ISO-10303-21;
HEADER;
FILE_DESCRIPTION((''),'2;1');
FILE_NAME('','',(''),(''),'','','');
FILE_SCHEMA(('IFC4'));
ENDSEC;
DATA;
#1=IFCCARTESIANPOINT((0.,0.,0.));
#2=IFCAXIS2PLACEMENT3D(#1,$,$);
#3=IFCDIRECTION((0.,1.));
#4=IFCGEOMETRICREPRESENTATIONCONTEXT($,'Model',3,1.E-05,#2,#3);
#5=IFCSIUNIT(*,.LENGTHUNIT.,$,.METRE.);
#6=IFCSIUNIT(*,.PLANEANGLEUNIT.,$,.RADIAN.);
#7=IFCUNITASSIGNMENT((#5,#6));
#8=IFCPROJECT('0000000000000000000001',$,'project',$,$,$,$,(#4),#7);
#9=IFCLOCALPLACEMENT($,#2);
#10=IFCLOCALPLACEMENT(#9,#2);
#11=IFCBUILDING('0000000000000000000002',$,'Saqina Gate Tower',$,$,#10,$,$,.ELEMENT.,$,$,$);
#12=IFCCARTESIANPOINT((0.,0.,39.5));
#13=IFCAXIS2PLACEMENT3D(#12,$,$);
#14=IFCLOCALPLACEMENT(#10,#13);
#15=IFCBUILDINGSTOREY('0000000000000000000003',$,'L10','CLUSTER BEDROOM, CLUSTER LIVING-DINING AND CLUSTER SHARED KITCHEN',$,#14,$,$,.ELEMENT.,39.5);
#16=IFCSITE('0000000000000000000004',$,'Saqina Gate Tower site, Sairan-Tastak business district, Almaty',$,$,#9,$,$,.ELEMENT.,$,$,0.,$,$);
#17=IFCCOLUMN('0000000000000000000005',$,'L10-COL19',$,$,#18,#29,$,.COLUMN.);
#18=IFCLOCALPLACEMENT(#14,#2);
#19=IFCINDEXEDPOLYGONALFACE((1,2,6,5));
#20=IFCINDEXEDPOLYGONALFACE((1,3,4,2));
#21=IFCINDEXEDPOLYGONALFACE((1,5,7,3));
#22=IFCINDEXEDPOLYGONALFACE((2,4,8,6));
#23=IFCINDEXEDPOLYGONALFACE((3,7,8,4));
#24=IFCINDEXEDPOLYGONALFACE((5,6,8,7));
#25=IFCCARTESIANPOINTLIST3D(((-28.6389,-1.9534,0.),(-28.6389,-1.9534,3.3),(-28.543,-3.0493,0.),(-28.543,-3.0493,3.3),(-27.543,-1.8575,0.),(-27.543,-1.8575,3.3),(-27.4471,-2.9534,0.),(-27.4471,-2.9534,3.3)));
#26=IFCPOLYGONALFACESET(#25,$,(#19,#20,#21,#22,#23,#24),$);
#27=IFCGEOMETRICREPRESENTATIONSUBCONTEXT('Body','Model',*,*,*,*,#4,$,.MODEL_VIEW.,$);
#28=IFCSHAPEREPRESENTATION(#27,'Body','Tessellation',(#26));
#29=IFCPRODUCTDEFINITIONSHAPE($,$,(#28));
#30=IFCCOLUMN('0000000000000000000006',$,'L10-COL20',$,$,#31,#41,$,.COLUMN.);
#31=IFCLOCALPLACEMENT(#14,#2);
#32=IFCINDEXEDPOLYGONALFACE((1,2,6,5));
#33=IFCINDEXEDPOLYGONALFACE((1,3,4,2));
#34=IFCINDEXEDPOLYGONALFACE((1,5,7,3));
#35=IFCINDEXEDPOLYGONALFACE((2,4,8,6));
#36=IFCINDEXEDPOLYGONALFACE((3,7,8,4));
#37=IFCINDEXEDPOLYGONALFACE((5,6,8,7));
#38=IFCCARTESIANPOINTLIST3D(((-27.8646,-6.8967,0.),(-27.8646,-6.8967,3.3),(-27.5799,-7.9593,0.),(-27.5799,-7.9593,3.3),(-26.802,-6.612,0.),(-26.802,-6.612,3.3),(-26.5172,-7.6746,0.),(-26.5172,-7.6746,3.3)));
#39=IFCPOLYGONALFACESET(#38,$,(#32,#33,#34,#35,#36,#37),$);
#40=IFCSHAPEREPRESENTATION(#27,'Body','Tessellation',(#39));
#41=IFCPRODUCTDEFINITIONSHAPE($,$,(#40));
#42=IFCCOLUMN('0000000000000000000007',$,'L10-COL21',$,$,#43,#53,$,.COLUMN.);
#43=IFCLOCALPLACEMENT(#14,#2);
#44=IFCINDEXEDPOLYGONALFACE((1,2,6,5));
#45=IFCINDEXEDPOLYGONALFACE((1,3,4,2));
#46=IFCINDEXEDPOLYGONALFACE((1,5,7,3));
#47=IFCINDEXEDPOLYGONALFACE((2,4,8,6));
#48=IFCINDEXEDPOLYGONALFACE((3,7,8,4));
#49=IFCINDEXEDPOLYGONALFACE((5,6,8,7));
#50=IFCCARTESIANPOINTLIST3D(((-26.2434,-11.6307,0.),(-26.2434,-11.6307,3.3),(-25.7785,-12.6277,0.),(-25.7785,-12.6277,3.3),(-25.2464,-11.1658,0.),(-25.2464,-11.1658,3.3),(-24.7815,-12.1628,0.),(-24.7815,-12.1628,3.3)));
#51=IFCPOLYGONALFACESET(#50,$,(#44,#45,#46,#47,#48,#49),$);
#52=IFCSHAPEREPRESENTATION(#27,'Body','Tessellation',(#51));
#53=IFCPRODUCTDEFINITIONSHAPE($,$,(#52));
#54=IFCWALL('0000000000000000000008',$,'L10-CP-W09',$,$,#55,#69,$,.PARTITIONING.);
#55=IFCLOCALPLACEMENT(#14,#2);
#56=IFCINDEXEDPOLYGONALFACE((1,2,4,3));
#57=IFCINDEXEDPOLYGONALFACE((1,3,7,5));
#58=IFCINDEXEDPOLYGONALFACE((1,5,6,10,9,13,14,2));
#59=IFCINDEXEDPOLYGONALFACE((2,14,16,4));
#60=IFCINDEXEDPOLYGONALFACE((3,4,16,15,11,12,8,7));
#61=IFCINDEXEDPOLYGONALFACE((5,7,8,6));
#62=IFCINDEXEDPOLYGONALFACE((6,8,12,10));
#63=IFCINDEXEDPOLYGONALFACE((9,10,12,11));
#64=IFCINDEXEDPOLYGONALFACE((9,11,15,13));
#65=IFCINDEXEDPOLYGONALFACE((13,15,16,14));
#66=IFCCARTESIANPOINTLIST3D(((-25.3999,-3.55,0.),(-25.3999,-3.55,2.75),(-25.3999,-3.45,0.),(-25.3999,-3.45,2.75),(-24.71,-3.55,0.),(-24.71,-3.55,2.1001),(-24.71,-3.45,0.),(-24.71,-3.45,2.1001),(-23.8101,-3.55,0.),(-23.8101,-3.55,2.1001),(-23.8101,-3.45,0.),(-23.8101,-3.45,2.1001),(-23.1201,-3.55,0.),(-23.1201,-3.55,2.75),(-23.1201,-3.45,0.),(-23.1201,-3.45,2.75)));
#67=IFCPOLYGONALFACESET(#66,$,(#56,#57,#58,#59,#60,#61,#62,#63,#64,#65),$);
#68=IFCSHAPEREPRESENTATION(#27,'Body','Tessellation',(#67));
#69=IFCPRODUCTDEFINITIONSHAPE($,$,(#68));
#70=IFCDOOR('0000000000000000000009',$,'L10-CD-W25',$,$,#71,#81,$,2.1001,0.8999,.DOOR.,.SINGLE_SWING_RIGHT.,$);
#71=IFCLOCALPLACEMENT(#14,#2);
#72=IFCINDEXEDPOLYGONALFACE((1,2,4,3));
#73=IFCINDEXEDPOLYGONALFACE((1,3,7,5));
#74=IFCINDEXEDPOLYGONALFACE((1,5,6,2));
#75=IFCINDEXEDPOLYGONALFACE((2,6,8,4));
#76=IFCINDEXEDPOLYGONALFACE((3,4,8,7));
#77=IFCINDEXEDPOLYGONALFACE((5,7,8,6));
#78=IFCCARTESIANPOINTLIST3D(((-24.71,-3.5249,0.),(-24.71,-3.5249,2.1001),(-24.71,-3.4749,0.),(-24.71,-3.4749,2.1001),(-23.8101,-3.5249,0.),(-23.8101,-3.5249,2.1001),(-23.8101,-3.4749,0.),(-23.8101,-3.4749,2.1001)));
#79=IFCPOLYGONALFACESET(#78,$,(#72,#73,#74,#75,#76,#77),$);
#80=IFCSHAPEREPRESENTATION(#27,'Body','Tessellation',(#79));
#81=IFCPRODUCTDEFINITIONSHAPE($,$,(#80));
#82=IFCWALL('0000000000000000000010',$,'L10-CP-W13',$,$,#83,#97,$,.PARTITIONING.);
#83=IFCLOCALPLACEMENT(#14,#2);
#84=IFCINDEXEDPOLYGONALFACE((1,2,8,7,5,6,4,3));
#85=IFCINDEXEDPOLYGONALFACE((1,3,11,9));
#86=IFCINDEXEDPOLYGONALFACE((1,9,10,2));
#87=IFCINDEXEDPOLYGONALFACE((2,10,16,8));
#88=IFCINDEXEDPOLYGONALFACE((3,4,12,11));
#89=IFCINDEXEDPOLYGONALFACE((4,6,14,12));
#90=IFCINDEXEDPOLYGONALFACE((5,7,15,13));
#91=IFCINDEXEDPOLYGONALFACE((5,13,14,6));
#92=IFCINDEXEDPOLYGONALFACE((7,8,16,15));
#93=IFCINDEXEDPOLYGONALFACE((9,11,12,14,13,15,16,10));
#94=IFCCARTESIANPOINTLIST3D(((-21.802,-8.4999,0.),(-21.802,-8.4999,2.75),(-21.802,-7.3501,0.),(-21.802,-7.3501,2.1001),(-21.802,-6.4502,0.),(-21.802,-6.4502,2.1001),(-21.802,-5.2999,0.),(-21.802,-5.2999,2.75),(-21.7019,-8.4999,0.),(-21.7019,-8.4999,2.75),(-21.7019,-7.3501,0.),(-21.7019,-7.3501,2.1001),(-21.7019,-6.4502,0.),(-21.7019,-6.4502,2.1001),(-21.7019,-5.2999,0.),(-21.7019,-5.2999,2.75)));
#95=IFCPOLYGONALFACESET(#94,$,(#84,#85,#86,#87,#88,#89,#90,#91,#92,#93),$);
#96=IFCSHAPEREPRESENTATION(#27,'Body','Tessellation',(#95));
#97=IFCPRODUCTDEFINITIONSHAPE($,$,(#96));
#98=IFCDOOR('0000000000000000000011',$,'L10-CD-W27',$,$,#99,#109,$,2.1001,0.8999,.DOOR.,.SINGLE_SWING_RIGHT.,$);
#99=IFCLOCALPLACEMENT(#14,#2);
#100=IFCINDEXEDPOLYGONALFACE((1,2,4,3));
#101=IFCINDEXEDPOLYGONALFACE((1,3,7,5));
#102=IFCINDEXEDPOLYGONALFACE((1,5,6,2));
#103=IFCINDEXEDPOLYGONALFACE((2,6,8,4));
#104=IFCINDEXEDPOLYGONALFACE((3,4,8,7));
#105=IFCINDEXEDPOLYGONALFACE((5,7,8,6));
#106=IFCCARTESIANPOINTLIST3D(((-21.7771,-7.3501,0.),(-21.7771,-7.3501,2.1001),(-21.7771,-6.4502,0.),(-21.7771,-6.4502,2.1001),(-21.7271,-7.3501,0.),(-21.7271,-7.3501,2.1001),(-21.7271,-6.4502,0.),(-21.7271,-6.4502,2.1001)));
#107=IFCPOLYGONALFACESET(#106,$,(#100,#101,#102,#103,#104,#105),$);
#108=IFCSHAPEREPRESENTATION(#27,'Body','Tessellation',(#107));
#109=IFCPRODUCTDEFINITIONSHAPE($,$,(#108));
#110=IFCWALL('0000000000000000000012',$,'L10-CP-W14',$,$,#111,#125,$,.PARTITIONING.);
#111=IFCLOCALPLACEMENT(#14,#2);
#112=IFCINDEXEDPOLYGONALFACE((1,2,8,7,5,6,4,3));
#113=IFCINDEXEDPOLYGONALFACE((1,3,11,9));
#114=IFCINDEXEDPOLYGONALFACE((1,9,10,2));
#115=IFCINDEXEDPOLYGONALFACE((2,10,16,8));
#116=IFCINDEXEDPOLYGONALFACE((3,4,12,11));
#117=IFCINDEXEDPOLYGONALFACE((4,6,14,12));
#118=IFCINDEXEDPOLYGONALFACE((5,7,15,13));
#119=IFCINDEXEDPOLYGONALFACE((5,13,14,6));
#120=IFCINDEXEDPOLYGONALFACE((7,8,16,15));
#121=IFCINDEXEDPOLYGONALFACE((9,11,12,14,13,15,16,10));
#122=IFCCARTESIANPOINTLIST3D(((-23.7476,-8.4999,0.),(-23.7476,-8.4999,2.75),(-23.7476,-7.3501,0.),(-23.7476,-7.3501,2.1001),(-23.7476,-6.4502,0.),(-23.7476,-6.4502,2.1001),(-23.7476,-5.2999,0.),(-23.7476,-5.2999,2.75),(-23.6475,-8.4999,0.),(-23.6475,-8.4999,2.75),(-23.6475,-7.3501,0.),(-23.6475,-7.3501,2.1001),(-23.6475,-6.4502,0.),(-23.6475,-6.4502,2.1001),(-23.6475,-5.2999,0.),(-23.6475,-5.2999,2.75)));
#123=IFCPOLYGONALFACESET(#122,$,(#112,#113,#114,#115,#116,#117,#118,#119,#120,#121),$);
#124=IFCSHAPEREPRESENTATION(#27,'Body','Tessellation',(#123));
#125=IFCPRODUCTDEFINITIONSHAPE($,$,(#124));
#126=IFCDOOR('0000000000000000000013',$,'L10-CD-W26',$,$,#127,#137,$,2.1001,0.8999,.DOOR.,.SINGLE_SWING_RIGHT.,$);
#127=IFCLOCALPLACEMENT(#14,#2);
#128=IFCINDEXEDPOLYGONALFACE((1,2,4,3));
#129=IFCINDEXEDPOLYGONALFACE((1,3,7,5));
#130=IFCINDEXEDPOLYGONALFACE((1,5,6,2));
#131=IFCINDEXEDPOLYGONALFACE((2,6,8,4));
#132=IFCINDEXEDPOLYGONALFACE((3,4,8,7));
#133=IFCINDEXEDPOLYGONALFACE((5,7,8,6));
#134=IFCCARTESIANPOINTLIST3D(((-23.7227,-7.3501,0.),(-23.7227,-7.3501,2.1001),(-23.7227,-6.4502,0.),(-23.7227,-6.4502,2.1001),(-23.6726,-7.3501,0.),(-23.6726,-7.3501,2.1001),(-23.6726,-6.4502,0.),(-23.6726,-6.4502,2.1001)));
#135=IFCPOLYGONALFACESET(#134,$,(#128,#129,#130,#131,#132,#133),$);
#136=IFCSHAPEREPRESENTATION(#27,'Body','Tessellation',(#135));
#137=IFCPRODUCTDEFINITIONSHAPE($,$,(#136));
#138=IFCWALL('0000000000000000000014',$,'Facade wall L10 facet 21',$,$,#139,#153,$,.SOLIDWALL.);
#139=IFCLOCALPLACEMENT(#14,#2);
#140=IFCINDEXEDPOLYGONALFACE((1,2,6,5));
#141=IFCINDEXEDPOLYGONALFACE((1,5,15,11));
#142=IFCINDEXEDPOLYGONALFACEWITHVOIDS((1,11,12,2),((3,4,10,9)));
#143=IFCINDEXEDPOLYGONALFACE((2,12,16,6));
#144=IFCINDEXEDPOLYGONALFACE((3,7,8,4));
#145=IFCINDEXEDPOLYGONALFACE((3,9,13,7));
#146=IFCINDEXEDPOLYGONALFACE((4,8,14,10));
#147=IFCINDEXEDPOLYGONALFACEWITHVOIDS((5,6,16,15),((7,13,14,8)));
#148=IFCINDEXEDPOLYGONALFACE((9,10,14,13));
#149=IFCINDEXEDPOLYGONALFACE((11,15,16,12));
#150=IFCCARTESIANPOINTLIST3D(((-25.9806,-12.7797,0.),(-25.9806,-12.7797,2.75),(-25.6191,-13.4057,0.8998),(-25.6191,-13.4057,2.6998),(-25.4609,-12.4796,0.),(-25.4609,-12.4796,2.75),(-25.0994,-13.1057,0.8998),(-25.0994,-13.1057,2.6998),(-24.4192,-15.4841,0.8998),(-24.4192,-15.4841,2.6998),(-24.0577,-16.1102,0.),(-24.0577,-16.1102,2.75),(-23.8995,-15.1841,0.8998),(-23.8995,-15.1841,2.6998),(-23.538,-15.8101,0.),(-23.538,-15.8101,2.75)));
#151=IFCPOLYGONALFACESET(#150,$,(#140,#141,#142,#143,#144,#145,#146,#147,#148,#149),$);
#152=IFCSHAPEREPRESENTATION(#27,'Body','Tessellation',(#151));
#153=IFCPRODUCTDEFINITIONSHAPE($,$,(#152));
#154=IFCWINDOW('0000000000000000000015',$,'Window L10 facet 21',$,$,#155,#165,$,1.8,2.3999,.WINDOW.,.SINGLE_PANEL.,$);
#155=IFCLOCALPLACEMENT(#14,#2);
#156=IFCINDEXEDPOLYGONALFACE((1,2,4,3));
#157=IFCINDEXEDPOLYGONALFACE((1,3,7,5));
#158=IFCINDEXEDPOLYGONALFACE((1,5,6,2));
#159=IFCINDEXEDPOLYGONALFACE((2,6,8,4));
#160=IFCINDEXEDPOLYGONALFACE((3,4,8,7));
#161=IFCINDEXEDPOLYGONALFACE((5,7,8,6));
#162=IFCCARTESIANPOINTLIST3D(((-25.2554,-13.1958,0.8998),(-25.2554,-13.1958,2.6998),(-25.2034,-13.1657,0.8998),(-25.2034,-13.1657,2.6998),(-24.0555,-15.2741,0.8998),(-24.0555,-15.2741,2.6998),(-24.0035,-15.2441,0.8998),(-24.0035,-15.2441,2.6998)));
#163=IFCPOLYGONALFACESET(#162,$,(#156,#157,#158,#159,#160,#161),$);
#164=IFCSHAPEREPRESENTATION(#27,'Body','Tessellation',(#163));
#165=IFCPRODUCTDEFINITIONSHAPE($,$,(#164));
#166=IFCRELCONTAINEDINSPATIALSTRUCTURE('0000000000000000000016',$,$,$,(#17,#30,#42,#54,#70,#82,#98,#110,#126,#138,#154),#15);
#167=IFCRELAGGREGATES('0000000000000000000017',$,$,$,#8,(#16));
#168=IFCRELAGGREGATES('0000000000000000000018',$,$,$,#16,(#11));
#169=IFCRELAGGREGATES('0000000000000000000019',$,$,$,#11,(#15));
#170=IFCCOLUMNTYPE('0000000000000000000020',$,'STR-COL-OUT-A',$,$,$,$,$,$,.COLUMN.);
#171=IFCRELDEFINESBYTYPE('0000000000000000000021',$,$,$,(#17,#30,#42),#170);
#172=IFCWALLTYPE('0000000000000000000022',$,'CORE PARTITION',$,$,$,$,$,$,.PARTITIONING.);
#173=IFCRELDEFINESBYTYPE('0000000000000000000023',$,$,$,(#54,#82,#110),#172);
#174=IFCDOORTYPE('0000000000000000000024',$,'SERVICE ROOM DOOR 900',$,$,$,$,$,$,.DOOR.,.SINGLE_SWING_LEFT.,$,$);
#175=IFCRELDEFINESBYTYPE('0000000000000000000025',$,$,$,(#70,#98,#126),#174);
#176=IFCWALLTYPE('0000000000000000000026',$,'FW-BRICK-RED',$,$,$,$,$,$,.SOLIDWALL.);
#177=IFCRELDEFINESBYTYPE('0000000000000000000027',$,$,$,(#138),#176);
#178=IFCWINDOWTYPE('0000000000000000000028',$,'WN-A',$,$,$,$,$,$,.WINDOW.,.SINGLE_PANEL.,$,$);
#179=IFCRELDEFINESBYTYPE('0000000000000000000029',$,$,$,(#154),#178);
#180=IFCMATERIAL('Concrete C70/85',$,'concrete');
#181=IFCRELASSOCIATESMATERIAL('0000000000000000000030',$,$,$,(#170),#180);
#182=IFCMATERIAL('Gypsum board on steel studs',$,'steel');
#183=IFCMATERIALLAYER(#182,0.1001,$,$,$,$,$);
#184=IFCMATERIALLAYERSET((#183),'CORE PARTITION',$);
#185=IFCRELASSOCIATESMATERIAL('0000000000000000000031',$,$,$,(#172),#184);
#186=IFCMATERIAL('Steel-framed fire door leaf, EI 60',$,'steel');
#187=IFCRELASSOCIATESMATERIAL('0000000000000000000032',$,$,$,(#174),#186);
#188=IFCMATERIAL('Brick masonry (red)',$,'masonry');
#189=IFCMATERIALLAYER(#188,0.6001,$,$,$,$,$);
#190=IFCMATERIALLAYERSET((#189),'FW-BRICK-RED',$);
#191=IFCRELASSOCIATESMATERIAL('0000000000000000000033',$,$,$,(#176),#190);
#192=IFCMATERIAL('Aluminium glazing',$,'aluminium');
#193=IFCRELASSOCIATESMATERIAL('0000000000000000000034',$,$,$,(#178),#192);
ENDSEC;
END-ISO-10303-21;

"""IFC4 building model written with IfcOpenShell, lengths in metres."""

from ifc_helpers import new_model, si_unit, direction, frame, frame_2d, origin, origin_2d, place, context, subcontext, project, spatial, rectangle, extrude, material, layer, layer_set, material_profile, profile_set, type_object, element, fill, save


model = new_model("IFC4")

# Units and contexts
model_context = context("Model", 3, precision=1e-05, world=origin(), true_north=direction((0.0, 1.0)))
body_context = subcontext(model_context, "Body", "Model", "MODEL_VIEW")
ifc_project = project(units=[si_unit("LENGTHUNIT", "METRE"), si_unit("PLANEANGLEUNIT", "RADIAN")], contexts=[model_context])

# Site, building, storey
site_placement = place(None, origin())
site = spatial("IfcSite", under=ifc_project, at=site_placement, Name="Saqina Gate Tower site, Sairan-Tastak business district, Almaty", CompositionType="ELEMENT", RefElevation=0.0)
building_placement = place(site_placement, origin())
building = spatial("IfcBuilding", under=site, at=building_placement, Name="Saqina Gate Tower", CompositionType="ELEMENT")
storey_placement = place(building_placement, frame((0.0, 0.0, 39.5)))
storey = spatial("IfcBuildingStorey", under=building, at=storey_placement, Name="L10", Description="CLUSTER BEDROOM, CLUSTER LIVING-DINING AND CLUSTER SHARED KITCHEN", CompositionType="ELEMENT", Elevation=39.5)

# Columns
ifc_material_1 = material(Name="Concrete C70/85", Category="concrete")
ifc_material_profile = material_profile(ifc_material_1, rectangle(XDim=1.1001, YDim=1.1001, at=origin_2d()), Name="RC 1100x1100")
ifc_profile_set = profile_set([ifc_material_profile], Name="Concrete C70/85")
column_type = type_object("IfcColumnType", Name="STR-COL-OUT-A", PredefinedType="COLUMN", material=ifc_profile_set)
for number, where, z_axis, x_axis, name in (
    (1, (-28.043, -2.4534, 0.0), (0.0, 0.0, 1.0), (-0.996195, -0.087156, 0.0), "L10-COL19"),
    (2, (-27.1909, -7.2856, 0.0), (0.0, 0.0, 1.0), (-0.965926, -0.258819, 0.0), "L10-COL20"),
    (3, (-25.5125, -11.8967, 0.0), (0.0, 0.0, 1.0), (-0.906308, -0.422618, 0.0), "L10-COL21"),
):
    element("IfcColumn", number, at=place(storey_placement, frame(where, z_axis=z_axis, x_axis=x_axis)), inside=storey, type_object=column_type, Name=name, PredefinedType="COLUMN", context=body_context, shape_type="SweptSolid", body=[
        extrude(rectangle(XDim=1.1001, YDim=1.1001, at=origin_2d()), origin(), (0.0, 0.0, 1.0), 3.3),
    ])

# Walls, openings, doors
ifc_material_2 = material(Name="Gypsum board on steel studs", Category="steel")
ifc_layer_1 = layer(ifc_material_2, 0.1001)
ifc_layer_set_1 = layer_set([ifc_layer_1], Name="CORE PARTITION")
wall_type_1 = type_object("IfcWallType", Name="CORE PARTITION", PredefinedType="PARTITIONING", material=ifc_layer_set_1)
wall_1_placement = place(storey_placement, frame((-23.1201, -3.5, 0.0), z_axis=(0.0, 0.0, 1.0), x_axis=(-1.0, 0.0, 0.0)))
wall_1 = element("IfcWall", 4, at=wall_1_placement, inside=storey, type_object=wall_type_1, Name="L10-CP-W09", PredefinedType="PARTITIONING", context=body_context, shape_type="SweptSolid", body=[
    extrude(rectangle(XDim=2.2798, YDim=0.1001, at=frame_2d((1.1399, 0.0))), origin(), (0.0, 0.0, 1.0), 2.75),
])
opening_1_placement = place(wall_1_placement, frame((0.6899, 0.0, 0.0)))
opening_1 = element("IfcOpeningElement", 5, at=opening_1_placement, cuts=wall_1, PredefinedType="OPENING", context=body_context, shape_type="SweptSolid", body=[
    extrude(rectangle(XDim=0.8999, YDim=2.1001, at=frame_2d((0.45, 1.05))), frame((0.0, 0.062, 0.0), z_axis=(0.0, -1.0, 0.0), x_axis=(1.0, 0.0, 0.0)), (0.0, 0.0, 1.0), 0.124),
])
ifc_material_3 = material(Name="Steel-framed fire door leaf, EI 60", Category="steel")
door_type_1 = type_object("IfcDoorType", Name="SERVICE ROOM DOOR 900", OperationType="SINGLE_SWING_LEFT", PredefinedType="DOOR", material=ifc_material_3)
door_1_placement = place(opening_1_placement, origin())
door_1 = element("IfcDoor", 6, at=door_1_placement, inside=storey, type_object=door_type_1, Name="L10-CD-W25", OperationType="SINGLE_SWING_RIGHT", OverallHeight=2.1001, OverallWidth=0.8999, PredefinedType="DOOR", context=body_context, shape_type="SweptSolid", body=[
    extrude(rectangle(XDim=0.8999, YDim=2.1001, at=frame_2d((0.45, 1.05))), frame((0.0, 0.0249, 0.0), z_axis=(0.0, -1.0, 0.0), x_axis=(1.0, 0.0, 0.0)), (0.0, 0.0, 1.0), 0.05),
])
fill(opening_1, door_1)
wall_2_placement = place(storey_placement, frame((-21.752, -8.5, 0.0), z_axis=(0.0, 0.0, 1.0), x_axis=(0.0, 1.0, 0.0)))
wall_2 = element("IfcWall", 7, at=wall_2_placement, inside=storey, type_object=wall_type_1, Name="L10-CP-W13", PredefinedType="PARTITIONING", context=body_context, shape_type="SweptSolid", body=[
    extrude(rectangle(XDim=3.2, YDim=0.1001, at=frame_2d((1.6001, 0.0))), origin(), (0.0, 0.0, 1.0), 2.75),
])
opening_2_placement = place(wall_2_placement, frame((1.1499, 0.0, 0.0)))
opening_2 = element("IfcOpeningElement", 8, at=opening_2_placement, cuts=wall_2, PredefinedType="OPENING", context=body_context, shape_type="SweptSolid", body=[
    extrude(rectangle(XDim=0.8999, YDim=2.1001, at=frame_2d((0.45, 1.05))), frame((0.0, 0.062, 0.0), z_axis=(0.0, -1.0, 0.0), x_axis=(1.0, 0.0, 0.0)), (0.0, 0.0, 1.0), 0.124),
])
door_2_placement = place(opening_2_placement, frame((0.8999, 0.0, 0.0), z_axis=(0.0, 0.0, 1.0), x_axis=(-1.0, 0.0, 0.0)))
door_2 = element("IfcDoor", 9, at=door_2_placement, inside=storey, type_object=door_type_1, Name="L10-CD-W27", OperationType="SINGLE_SWING_RIGHT", OverallHeight=2.1001, OverallWidth=0.8999, PredefinedType="DOOR", context=body_context, shape_type="SweptSolid", body=[
    extrude(rectangle(XDim=0.8999, YDim=2.1001, at=frame_2d((0.45, 1.05))), frame((0.0, 0.0249, 0.0), z_axis=(0.0, -1.0, 0.0), x_axis=(1.0, 0.0, 0.0)), (0.0, 0.0, 1.0), 0.05),
])
fill(opening_2, door_2)
wall_3_placement = place(storey_placement, frame((-23.6975, -8.5, 0.0), z_axis=(0.0, 0.0, 1.0), x_axis=(0.0, 1.0, 0.0)))
wall_3 = element("IfcWall", 10, at=wall_3_placement, inside=storey, type_object=wall_type_1, Name="L10-CP-W14", PredefinedType="PARTITIONING", context=body_context, shape_type="SweptSolid", body=[
    extrude(rectangle(XDim=3.2, YDim=0.1001, at=frame_2d((1.6001, 0.0))), origin(), (0.0, 0.0, 1.0), 2.75),
])
opening_3_placement = place(wall_3_placement, frame((1.1499, 0.0, 0.0)))
opening_3 = element("IfcOpeningElement", 11, at=opening_3_placement, cuts=wall_3, PredefinedType="OPENING", context=body_context, shape_type="SweptSolid", body=[
    extrude(rectangle(XDim=0.8999, YDim=2.1001, at=frame_2d((0.45, 1.05))), frame((0.0, 0.062, 0.0), z_axis=(0.0, -1.0, 0.0), x_axis=(1.0, 0.0, 0.0)), (0.0, 0.0, 1.0), 0.124),
])
door_3_placement = place(opening_3_placement, frame((0.8999, 0.0, 0.0), z_axis=(0.0, 0.0, 1.0), x_axis=(-1.0, 0.0, 0.0)))
door_3 = element("IfcDoor", 12, at=door_3_placement, inside=storey, type_object=door_type_1, Name="L10-CD-W26", OperationType="SINGLE_SWING_RIGHT", OverallHeight=2.1001, OverallWidth=0.8999, PredefinedType="DOOR", context=body_context, shape_type="SweptSolid", body=[
    extrude(rectangle(XDim=0.8999, YDim=2.1001, at=frame_2d((0.45, 1.05))), frame((0.0, 0.0249, 0.0), z_axis=(0.0, -1.0, 0.0), x_axis=(1.0, 0.0, 0.0)), (0.0, 0.0, 1.0), 0.05),
])
fill(opening_3, door_3)

# Wall, opening, window
ifc_material_4 = material(Name="Brick masonry (red)", Category="masonry")
ifc_layer_2 = layer(ifc_material_4, 0.6001)
ifc_layer_set_2 = layer_set([ifc_layer_2], Name="FW-BRICK-RED")
wall_type_2 = type_object("IfcWallType", Name="FW-BRICK-RED", PredefinedType="SOLIDWALL", material=ifc_layer_set_2)
wall_4_placement = place(storey_placement, frame((-25.7207, -12.6296, 0.0), z_axis=(0.0, 0.0, 1.0), x_axis=(0.49999, -0.866031, 0.0)))
wall_4 = element("IfcWall", 13, at=wall_4_placement, inside=storey, type_object=wall_type_2, Name="Facade wall L10 facet 21", PredefinedType="SOLIDWALL", context=body_context, shape_type="SweptSolid", body=[
    extrude(rectangle(XDim=3.8457, YDim=0.6001, at=frame_2d((1.9229, 0.0))), origin(), (0.0, 0.0, 1.0), 2.75),
])
opening_4_placement = place(wall_4_placement, frame((0.7229, 0.0, 0.8999)))
opening_4 = element("IfcOpeningElement", 14, at=opening_4_placement, cuts=wall_4, PredefinedType="OPENING", context=body_context, shape_type="SweptSolid", body=[
    extrude(rectangle(XDim=2.3999, YDim=1.8, at=frame_2d((1.2, 0.8999))), frame((0.0, 0.312, 0.0), z_axis=(0.0, -1.0, 0.0), x_axis=(1.0, 0.0, 0.0)), (0.0, 0.0, 1.0), 0.624),
])
ifc_material_5 = material(Name="Aluminium glazing", Category="aluminium")
window_type = type_object("IfcWindowType", Name="WN-A", PartitioningType="SINGLE_PANEL", PredefinedType="WINDOW", material=ifc_material_5)
window_placement = place(opening_4_placement, origin())
window = element("IfcWindow", 15, at=window_placement, inside=storey, type_object=window_type, Name="Window L10 facet 21", OverallHeight=1.8, OverallWidth=2.3999, PartitioningType="SINGLE_PANEL", PredefinedType="WINDOW", context=body_context, shape_type="SweptSolid", body=[
    extrude(rectangle(XDim=2.3999, YDim=1.8, at=frame_2d((1.2, 0.8999))), frame((0.0, 0.1799, 0.0), z_axis=(0.0, -1.0, 0.0), x_axis=(1.0, 0.0, 0.0)), (0.0, 0.0, 1.0), 0.0601),
])
fill(opening_4, window)

save(model, "model.ifc")
